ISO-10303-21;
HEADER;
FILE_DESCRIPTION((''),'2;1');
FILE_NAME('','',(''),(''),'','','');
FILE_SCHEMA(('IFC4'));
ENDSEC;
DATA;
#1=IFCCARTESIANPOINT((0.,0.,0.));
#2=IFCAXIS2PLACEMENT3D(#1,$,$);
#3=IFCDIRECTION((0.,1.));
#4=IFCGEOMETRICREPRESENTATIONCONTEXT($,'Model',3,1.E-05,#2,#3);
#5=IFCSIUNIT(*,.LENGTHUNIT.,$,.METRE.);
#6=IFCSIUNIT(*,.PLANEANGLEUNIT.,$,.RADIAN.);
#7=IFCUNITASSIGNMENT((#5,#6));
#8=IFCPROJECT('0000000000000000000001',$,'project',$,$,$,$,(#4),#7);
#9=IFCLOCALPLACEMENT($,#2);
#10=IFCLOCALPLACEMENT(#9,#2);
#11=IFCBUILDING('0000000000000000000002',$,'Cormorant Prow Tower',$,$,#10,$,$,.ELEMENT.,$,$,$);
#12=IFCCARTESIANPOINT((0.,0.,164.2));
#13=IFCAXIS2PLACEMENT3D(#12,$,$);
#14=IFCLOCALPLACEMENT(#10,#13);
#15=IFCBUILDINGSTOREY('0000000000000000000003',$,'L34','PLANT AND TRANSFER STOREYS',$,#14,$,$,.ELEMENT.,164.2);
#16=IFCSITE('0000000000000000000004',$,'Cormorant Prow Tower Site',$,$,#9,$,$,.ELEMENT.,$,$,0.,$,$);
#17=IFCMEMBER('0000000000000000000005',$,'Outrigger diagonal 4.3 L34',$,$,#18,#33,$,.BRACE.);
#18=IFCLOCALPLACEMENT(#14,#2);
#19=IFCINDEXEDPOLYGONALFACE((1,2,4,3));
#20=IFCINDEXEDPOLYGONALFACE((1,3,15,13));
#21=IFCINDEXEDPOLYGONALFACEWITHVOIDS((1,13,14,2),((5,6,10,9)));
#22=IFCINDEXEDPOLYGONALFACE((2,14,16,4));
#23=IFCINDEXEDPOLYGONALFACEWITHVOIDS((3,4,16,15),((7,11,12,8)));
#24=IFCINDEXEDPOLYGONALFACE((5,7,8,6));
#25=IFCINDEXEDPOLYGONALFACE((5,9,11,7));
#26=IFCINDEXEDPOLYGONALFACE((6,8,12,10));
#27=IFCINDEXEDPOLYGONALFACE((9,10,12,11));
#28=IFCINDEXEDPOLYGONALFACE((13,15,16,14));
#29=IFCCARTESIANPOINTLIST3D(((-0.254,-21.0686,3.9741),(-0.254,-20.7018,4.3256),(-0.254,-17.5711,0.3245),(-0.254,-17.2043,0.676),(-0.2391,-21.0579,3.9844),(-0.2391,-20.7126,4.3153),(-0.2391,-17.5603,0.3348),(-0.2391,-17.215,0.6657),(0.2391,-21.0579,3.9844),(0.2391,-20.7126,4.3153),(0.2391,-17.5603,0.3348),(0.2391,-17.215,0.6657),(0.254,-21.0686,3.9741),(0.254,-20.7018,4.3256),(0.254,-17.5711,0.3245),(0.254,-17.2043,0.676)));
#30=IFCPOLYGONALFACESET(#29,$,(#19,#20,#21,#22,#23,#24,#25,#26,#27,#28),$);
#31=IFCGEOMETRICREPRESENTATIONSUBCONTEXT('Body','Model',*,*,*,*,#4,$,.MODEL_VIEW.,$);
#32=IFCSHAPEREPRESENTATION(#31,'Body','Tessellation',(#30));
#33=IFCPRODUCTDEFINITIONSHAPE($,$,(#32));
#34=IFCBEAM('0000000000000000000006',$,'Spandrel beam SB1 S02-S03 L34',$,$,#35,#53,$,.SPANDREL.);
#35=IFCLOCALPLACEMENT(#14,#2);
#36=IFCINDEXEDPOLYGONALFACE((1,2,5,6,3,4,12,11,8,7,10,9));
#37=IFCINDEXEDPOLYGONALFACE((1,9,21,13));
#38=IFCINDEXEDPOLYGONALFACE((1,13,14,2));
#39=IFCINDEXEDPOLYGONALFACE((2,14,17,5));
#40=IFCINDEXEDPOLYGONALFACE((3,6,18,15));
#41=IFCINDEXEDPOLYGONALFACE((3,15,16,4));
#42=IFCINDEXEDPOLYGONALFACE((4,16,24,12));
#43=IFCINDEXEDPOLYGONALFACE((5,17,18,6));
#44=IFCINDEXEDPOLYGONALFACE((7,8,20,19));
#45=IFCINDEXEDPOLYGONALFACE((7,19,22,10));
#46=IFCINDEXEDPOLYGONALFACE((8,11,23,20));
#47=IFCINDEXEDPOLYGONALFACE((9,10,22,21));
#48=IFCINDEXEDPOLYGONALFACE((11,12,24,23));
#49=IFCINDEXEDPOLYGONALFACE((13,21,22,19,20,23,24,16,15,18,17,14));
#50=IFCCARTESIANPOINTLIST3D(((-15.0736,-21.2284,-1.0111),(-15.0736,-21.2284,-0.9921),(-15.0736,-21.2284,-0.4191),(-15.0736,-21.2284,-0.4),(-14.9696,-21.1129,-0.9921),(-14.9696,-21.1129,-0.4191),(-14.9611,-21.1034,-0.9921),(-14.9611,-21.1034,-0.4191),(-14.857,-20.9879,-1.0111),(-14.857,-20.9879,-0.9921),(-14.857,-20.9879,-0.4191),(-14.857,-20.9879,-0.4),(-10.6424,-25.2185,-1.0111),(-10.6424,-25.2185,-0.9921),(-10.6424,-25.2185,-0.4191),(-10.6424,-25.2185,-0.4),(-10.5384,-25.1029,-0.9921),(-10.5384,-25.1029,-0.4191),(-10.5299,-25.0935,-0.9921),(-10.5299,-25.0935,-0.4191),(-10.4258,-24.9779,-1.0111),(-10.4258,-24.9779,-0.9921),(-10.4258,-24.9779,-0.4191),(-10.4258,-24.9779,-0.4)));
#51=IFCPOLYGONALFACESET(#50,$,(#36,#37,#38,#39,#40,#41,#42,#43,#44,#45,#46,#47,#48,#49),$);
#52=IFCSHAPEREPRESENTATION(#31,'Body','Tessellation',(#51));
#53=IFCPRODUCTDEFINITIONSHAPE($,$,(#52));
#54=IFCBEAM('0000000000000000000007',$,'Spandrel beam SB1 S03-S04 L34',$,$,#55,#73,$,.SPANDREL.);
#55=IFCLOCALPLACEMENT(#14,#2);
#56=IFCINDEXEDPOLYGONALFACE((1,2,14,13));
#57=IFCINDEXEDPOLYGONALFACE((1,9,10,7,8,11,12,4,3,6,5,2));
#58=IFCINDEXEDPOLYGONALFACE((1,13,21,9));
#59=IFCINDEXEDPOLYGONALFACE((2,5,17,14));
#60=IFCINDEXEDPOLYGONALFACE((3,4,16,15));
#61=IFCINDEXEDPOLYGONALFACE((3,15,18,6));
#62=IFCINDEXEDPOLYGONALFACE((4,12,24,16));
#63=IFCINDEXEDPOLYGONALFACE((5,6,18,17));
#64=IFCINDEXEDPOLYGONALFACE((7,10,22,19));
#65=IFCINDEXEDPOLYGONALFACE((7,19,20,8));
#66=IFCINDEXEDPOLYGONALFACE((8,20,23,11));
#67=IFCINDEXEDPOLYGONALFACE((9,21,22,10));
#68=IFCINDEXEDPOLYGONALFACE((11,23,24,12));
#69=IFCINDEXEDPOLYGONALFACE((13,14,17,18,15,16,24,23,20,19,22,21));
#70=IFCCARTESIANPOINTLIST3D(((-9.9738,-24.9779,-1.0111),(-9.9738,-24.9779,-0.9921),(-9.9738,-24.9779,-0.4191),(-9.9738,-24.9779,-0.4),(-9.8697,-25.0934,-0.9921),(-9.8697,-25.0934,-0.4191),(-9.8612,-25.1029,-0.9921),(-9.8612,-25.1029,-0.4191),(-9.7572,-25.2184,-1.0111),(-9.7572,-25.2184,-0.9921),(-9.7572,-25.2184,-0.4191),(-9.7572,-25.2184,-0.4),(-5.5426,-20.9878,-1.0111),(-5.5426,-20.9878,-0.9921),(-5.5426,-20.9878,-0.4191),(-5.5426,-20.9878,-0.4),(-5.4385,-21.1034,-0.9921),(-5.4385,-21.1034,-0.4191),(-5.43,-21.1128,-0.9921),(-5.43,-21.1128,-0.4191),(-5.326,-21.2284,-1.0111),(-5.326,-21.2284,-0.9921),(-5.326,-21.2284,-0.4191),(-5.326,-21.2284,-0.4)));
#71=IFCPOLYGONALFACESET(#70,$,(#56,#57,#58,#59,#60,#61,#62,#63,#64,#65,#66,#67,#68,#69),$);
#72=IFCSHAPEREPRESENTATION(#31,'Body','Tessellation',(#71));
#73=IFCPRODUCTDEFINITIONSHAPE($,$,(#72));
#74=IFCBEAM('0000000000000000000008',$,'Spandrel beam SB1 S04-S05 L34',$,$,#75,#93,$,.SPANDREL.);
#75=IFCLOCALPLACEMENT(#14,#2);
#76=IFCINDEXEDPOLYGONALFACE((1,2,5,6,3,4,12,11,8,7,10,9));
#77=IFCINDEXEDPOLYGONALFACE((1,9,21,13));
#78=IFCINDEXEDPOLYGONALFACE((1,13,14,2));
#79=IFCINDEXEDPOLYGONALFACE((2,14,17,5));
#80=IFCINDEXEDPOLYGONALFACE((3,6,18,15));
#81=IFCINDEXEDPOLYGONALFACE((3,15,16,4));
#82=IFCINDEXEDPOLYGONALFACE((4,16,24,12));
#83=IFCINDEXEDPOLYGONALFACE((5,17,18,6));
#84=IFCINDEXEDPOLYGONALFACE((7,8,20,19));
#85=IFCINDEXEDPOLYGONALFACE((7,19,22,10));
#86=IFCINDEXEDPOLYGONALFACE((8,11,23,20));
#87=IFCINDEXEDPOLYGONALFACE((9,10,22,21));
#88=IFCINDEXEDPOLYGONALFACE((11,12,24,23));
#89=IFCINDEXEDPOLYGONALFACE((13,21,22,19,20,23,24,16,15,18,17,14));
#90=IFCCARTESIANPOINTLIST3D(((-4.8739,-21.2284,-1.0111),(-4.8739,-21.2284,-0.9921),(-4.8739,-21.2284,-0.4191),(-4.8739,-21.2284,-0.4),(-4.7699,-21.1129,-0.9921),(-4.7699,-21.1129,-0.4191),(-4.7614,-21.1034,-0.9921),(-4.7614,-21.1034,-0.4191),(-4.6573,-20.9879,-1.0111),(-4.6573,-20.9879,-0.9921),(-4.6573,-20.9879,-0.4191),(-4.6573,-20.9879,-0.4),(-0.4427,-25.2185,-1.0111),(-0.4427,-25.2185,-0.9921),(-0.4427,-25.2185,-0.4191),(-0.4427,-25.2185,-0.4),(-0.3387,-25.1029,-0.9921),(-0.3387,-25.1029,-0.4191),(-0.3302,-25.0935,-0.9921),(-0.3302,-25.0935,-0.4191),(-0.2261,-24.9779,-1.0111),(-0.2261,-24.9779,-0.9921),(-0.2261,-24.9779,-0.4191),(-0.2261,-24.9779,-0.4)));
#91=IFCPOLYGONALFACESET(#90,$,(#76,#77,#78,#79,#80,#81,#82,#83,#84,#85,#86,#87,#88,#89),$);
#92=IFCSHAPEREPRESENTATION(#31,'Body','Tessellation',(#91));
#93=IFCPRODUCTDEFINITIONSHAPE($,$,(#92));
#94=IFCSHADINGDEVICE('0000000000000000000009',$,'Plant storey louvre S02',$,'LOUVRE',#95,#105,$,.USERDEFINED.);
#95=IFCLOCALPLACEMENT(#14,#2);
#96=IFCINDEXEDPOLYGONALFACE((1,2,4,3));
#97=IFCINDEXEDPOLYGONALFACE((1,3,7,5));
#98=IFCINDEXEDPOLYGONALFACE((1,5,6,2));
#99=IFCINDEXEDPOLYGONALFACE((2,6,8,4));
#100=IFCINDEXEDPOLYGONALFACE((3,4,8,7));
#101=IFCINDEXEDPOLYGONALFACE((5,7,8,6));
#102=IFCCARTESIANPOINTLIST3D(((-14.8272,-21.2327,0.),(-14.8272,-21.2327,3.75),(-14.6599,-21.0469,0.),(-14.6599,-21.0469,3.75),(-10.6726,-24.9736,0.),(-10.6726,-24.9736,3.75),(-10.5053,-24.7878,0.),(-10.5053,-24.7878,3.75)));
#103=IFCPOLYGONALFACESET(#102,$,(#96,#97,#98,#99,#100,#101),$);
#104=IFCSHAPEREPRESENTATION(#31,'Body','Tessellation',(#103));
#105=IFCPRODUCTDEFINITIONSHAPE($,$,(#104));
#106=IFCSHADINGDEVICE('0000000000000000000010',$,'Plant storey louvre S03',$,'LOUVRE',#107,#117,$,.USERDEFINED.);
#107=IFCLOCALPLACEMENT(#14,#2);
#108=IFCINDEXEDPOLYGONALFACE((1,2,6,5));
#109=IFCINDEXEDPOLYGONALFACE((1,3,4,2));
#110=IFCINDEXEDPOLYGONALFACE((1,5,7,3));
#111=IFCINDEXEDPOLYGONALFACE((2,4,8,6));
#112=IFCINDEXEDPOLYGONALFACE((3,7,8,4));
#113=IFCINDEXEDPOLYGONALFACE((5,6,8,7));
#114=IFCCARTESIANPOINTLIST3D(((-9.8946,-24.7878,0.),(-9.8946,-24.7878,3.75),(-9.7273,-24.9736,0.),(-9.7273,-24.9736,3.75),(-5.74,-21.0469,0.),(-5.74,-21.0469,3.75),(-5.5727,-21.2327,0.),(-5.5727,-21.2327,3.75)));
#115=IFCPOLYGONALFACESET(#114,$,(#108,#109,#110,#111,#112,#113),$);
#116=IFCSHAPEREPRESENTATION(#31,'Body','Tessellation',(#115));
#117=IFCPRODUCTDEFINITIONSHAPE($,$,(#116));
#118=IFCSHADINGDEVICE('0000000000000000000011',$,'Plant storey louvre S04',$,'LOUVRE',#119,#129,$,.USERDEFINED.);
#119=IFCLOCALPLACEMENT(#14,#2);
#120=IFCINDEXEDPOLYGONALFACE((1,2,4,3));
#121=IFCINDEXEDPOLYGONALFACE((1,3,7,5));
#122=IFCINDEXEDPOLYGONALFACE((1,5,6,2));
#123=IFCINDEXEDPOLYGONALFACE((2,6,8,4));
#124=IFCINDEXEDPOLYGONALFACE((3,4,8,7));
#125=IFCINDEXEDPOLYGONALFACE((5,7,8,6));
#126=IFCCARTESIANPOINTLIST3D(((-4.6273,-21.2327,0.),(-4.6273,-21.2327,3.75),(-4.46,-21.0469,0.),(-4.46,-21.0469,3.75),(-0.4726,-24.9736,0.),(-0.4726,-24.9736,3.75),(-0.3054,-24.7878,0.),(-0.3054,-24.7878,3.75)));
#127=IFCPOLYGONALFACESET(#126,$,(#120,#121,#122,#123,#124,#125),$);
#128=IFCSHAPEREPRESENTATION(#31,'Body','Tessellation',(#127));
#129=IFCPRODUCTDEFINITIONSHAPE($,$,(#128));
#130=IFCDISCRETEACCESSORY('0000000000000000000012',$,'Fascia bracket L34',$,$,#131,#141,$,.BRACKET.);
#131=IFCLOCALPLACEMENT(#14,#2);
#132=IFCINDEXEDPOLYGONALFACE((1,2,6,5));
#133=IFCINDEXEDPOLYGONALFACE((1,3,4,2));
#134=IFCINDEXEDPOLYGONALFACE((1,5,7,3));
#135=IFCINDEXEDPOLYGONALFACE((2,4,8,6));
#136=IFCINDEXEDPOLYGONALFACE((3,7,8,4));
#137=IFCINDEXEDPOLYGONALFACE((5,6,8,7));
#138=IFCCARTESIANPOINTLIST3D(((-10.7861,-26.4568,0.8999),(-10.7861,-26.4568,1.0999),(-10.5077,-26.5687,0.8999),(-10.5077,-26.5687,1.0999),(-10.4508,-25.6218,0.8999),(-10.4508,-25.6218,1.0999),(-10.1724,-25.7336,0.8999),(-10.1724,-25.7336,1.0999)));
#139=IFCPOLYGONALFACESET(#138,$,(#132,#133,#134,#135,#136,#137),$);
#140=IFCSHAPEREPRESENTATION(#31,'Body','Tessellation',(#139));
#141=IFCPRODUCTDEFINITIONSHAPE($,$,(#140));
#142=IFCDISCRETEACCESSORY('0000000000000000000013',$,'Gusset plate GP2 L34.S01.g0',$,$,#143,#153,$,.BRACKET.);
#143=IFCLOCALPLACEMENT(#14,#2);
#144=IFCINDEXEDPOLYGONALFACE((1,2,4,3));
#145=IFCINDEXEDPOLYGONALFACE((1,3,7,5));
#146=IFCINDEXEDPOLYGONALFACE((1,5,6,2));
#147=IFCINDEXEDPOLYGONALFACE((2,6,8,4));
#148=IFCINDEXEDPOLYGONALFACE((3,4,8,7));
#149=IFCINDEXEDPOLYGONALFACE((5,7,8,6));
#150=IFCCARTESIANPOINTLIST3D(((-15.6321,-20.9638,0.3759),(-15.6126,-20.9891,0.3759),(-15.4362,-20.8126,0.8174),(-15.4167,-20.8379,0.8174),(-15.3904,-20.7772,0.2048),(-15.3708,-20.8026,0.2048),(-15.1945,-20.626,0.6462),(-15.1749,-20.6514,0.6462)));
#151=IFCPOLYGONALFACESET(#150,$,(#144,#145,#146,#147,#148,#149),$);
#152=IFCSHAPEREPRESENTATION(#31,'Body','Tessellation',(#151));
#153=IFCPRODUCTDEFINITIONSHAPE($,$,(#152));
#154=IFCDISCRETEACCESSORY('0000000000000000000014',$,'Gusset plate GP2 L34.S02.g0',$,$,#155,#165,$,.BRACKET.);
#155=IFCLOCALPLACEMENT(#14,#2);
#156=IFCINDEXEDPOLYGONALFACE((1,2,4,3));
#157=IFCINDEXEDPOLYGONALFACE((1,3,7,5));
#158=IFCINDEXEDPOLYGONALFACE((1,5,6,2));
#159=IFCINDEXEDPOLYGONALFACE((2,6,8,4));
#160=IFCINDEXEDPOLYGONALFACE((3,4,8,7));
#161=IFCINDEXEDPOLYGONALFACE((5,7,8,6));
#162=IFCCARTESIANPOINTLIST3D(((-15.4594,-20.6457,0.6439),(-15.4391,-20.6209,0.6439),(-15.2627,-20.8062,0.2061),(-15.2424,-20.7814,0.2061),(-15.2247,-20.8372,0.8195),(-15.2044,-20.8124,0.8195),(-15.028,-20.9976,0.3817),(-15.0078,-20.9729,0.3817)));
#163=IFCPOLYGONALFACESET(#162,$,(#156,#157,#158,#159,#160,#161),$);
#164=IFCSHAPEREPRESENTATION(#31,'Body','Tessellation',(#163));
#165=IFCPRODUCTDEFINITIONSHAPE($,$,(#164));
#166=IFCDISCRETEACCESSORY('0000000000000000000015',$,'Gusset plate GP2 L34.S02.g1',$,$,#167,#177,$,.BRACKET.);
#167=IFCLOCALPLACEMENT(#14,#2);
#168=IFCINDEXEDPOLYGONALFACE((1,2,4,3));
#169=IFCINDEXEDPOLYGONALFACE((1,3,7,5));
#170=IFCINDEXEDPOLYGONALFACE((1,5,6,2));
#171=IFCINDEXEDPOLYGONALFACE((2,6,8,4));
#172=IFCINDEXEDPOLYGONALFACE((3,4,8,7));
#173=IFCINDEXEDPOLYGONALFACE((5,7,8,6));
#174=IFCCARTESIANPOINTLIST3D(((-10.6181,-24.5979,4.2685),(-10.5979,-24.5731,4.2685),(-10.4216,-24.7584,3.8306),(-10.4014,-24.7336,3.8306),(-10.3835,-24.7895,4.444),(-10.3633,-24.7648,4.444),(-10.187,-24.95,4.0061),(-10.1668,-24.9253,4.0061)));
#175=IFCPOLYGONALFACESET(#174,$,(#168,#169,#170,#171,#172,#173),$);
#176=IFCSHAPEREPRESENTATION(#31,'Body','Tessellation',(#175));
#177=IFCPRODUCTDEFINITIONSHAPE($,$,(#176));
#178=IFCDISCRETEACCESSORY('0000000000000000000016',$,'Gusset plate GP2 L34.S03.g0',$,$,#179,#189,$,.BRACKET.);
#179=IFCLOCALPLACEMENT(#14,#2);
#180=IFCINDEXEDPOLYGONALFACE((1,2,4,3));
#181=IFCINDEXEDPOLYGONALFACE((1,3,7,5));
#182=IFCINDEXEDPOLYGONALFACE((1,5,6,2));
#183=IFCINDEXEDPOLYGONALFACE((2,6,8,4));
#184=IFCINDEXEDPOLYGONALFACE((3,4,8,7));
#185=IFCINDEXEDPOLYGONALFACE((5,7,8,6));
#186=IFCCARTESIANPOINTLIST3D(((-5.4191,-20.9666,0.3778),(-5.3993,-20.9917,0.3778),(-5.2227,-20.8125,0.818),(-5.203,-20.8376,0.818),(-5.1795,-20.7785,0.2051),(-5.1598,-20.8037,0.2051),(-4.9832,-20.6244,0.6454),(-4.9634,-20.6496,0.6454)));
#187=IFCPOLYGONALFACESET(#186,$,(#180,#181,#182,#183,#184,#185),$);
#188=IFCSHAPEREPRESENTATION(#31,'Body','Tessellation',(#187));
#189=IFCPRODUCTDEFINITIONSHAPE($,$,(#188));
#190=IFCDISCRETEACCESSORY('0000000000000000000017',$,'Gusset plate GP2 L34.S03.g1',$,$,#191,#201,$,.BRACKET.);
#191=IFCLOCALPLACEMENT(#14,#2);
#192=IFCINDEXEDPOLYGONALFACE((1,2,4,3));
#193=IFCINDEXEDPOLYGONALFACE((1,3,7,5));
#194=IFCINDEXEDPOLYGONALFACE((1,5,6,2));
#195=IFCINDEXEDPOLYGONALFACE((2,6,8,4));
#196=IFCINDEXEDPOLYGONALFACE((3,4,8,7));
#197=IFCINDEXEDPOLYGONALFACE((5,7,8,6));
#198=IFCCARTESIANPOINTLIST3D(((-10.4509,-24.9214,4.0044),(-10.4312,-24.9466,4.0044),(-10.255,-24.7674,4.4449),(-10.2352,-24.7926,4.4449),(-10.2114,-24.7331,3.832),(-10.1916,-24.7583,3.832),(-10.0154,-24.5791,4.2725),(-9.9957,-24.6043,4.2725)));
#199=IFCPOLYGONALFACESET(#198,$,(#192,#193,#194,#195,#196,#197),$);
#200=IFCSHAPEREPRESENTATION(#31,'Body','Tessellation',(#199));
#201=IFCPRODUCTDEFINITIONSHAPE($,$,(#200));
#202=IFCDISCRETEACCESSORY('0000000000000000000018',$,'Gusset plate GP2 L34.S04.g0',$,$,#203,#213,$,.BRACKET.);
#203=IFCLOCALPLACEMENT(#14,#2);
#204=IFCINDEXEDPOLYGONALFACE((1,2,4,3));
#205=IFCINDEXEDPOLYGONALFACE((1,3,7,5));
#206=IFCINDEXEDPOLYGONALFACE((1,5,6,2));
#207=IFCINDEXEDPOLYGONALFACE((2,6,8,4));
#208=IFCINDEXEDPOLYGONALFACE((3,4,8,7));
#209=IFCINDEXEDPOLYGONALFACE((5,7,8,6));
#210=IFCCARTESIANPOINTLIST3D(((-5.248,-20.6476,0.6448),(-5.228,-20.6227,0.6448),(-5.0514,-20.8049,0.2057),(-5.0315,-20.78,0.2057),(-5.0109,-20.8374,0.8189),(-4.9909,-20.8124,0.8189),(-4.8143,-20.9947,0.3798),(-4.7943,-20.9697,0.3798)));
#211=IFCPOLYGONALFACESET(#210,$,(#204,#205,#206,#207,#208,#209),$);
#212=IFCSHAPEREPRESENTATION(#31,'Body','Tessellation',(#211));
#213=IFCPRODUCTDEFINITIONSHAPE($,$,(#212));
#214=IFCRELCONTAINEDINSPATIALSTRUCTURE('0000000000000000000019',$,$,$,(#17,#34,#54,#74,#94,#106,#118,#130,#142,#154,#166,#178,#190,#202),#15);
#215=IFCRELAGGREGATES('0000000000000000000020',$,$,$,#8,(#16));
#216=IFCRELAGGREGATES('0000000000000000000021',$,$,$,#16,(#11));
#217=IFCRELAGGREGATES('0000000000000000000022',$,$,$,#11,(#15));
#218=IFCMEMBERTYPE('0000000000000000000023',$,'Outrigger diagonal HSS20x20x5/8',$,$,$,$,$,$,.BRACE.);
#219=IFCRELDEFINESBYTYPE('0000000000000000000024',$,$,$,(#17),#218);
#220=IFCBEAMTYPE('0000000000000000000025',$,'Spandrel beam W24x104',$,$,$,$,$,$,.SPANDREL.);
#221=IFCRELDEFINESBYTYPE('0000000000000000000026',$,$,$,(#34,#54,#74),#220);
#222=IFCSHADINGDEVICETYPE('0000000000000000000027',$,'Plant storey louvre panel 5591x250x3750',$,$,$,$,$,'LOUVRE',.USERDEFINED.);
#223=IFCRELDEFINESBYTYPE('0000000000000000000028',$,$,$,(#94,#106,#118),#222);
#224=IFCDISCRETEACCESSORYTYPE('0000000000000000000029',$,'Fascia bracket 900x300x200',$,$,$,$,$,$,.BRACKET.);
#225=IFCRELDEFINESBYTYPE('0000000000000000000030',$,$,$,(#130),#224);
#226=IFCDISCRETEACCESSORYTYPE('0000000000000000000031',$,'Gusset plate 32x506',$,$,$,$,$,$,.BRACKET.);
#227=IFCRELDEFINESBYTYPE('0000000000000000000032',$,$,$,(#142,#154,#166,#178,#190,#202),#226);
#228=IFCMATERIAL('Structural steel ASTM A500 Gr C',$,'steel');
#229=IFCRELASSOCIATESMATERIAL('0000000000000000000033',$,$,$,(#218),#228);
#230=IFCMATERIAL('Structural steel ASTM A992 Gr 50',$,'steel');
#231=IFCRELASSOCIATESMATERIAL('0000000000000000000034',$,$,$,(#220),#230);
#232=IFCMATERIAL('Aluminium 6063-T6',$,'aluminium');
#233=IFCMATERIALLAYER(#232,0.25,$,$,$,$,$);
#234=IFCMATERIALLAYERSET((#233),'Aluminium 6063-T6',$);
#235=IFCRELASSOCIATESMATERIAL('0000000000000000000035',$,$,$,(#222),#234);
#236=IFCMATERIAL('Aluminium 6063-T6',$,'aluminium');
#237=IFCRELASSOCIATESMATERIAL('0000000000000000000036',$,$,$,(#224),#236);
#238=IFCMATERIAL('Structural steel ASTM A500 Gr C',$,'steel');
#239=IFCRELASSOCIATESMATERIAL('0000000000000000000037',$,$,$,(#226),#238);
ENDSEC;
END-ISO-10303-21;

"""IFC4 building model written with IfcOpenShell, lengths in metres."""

from ifc_helpers import new_model, si_unit, direction, frame, origin, origin_2d, place, context, subcontext, project, spatial, rectangle, hollow_rectangle, i_section, extrude, material, layer, layer_set, material_profile, profile_set, type_object, element, save


model = new_model("IFC4")

# Units and contexts
model_context = context("Model", 3, precision=1e-05, world=origin(), true_north=direction((0.0, 1.0)))
body_context = subcontext(model_context, "Body", "Model", "MODEL_VIEW")
ifc_project = project(units=[si_unit("LENGTHUNIT", "METRE"), si_unit("PLANEANGLEUNIT", "RADIAN")], contexts=[model_context])

# Site, building, storey
site_placement = place(None, origin())
site = spatial("IfcSite", under=ifc_project, at=site_placement, Name="Cormorant Prow Tower Site", CompositionType="ELEMENT", RefElevation=0.0)
building_placement = place(site_placement, origin())
building = spatial("IfcBuilding", under=site, at=building_placement, Name="Cormorant Prow Tower", CompositionType="ELEMENT")
storey_placement = place(building_placement, frame((0.0, 0.0, 164.2)))
storey = spatial("IfcBuildingStorey", under=building, at=storey_placement, Name="L34", Description="PLANT AND TRANSFER STOREYS", CompositionType="ELEMENT", Elevation=164.2)

# Member
ifc_material_1 = material(Name="Structural steel ASTM A500 Gr C", Category="steel")
ifc_material_profile_1 = material_profile(ifc_material_1, hollow_rectangle(XDim=0.5081, YDim=0.5081, WallThickness=0.0149, at=origin_2d()), Name="HSS20x20x5/8")
ifc_profile_set_1 = profile_set([ifc_material_profile_1], Name="Structural steel ASTM A500 Gr C")
member_type_1 = type_object("IfcMemberType", Name="Outrigger diagonal HSS20x20x5/8", PredefinedType="BRACE", material=ifc_profile_set_1)
member_1_placement = place(storey_placement, frame((0.0, -17.3877, 0.5002), z_axis=(0.0, -0.691902, 0.721991), x_axis=(1.0, 0.0, 0.0)))
element("IfcMember", 1, at=member_1_placement, inside=storey, type_object=member_type_1, Name="Outrigger diagonal 4.3 L34", PredefinedType="BRACE", context=body_context, shape_type="SweptSolid", body=[
    extrude(hollow_rectangle(XDim=0.5081, YDim=0.5081, WallThickness=0.0149, at=origin_2d()), origin(), (0.0, 0.0, 1.0), 5.0549),
])

# Beams
ifc_material_2 = material(Name="Structural steel ASTM A992 Gr 50", Category="steel")
ifc_material_profile_2 = material_profile(ifc_material_2, i_section(OverallWidth=0.3237, OverallDepth=0.6111, WebThickness=0.0127, FlangeThickness=0.019, at=origin_2d()), Name="W24x104")
ifc_profile_set_2 = profile_set([ifc_material_profile_2], Name="Structural steel ASTM A992 Gr 50")
beam_type = type_object("IfcBeamType", Name="Spandrel beam W24x104", PredefinedType="SPANDREL", material=ifc_profile_set_2)
for number, where, z_axis, x_axis, name in (
    (2, (-14.9653, -21.1082, -0.7056), (0.743131, -0.669146, 0.0), (0.669146, 0.743131, 0.0), "Spandrel beam SB1 S02-S03 L34"),
    (3, (-9.8655, -25.0981, -0.7056), (0.743131, 0.669146, 0.0), (-0.669146, 0.743131, 0.0), "Spandrel beam SB1 S03-S04 L34"),
    (4, (-4.7656, -21.1082, -0.7056), (0.743131, -0.669146, 0.0), (0.669146, 0.743131, 0.0), "Spandrel beam SB1 S04-S05 L34"),
):
    element("IfcBeam", number, at=place(storey_placement, frame(where, z_axis=z_axis, x_axis=x_axis)), inside=storey, type_object=beam_type, Name=name, PredefinedType="SPANDREL", context=body_context, shape_type="SweptSolid", body=[
        extrude(i_section(OverallWidth=0.3237, OverallDepth=0.6111, WebThickness=0.0127, FlangeThickness=0.019, at=origin_2d()), origin(), (0.0, 0.0, 1.0), 5.9629),
    ])

# Shading devices
ifc_material_3 = material(Name="Aluminium 6063-T6", Category="aluminium")
ifc_layer = layer(ifc_material_3, 0.25)
ifc_layer_set = layer_set([ifc_layer], Name="Aluminium 6063-T6")
shading_device_type = type_object("IfcShadingDeviceType", Name="Plant storey louvre panel 5591x250x3750", ElementType="LOUVRE", PredefinedType="USERDEFINED", material=ifc_layer_set)
for number, where, z_axis, x_axis, name in (
    (5, (-12.6663, -23.0103, 0.0), (0.0, 0.0, 1.0), (0.743145, -0.669131, 0.0), "Plant storey louvre S02"),
    (6, (-7.7336, -23.0103, 0.0), (0.0, 0.0, 1.0), (0.743145, 0.669131, 0.0), "Plant storey louvre S03"),
    (7, (-2.4663, -23.0103, 0.0), (0.0, 0.0, 1.0), (0.743145, -0.669131, 0.0), "Plant storey louvre S04"),
):
    element("IfcShadingDevice", number, at=place(storey_placement, frame(where, z_axis=z_axis, x_axis=x_axis)), inside=storey, type_object=shading_device_type, Name=name, ObjectType="LOUVRE", PredefinedType="USERDEFINED", context=body_context, shape_type="SweptSolid", body=[
        extrude(rectangle(XDim=5.5906, YDim=0.25, at=origin_2d()), origin(), (0.0, 0.0, 1.0), 3.75),
    ])

# Discrete accessories
ifc_material_4 = material(Name="Aluminium 6063-T6", Category="aluminium")
discrete_accessory_type_1 = type_object("IfcDiscreteAccessoryType", Name="Fascia bracket 900x300x200", PredefinedType="BRACKET", material=ifc_material_4)
discrete_accessory_placement = place(storey_placement, frame((-10.4792, -26.0952, 0.8999), z_axis=(0.0, 0.0, 1.0), x_axis=(-0.372657, -0.927969, 0.0)))
element("IfcDiscreteAccessory", 8, at=discrete_accessory_placement, inside=storey, type_object=discrete_accessory_type_1, Name="Fascia bracket L34", PredefinedType="BRACKET", context=body_context, shape_type="SweptSolid", body=[
    extrude(rectangle(XDim=0.8999, YDim=0.3, at=origin_2d()), origin(), (0.0, 0.0, 1.0), 0.2),
])
ifc_material_5 = material(Name="Structural steel ASTM A500 Gr C", Category="steel")
ifc_material_profile_3 = material_profile(ifc_material_5, rectangle(XDim=0.032, YDim=0.5061, at=origin_2d()), Name="Gusset plate 32x506")
ifc_profile_set_3 = profile_set([ifc_material_profile_3], Name="Structural steel ASTM A500 Gr C")
discrete_accessory_type_2 = type_object("IfcDiscreteAccessoryType", Name="Gusset plate 32x506", PredefinedType="BRACKET", material=ifc_profile_set_3)
for number, where, z_axis, x_axis, name in (
    (9, (-15.5244, -20.9009, 0.5967), (0.690571, 0.532926, -0.48898), (-0.610947, 0.791672, 0.0), "Gusset plate GP2 L34.S01.g0"),
    (10, (-15.1162, -20.905, 0.6006), (-0.670352, 0.546884, -0.501543), (-0.632139, -0.774855, 0.0), "Gusset plate GP2 L34.S02.g0"),
    (11, (-10.5098, -24.6658, 4.0496), (0.670096, -0.547373, 0.501352), (0.632623, 0.77446, 0.0), "Gusset plate GP2 L34.S02.g1"),
    (12, (-5.311, -20.9021, 0.5979), (0.684308, 0.537122, -0.493176), (-0.617432, 0.786624, 0.0), "Gusset plate GP2 L34.S03.g0"),
    (13, (-10.1035, -24.6687, 4.0522), (-0.684286, -0.537803, 0.492463), (0.617928, -0.786235, 0.0), "Gusset plate GP2 L34.S03.g1"),
    (14, (-4.9026, -20.9036, 0.5994), (-0.67736, 0.542028, -0.497382), (-0.624793, -0.78079, 0.0), "Gusset plate GP2 L34.S04.g0"),
):
    element("IfcDiscreteAccessory", number, at=place(storey_placement, frame(where, z_axis=z_axis, x_axis=x_axis)), inside=storey, type_object=discrete_accessory_type_2, Name=name, PredefinedType="BRACKET", context=body_context, shape_type="SweptSolid", body=[
        extrude(rectangle(XDim=0.032, YDim=0.5061, at=origin_2d()), origin(), (0.0, 0.0, 1.0), 0.3501),
    ])

save(model, "model.ifc")
